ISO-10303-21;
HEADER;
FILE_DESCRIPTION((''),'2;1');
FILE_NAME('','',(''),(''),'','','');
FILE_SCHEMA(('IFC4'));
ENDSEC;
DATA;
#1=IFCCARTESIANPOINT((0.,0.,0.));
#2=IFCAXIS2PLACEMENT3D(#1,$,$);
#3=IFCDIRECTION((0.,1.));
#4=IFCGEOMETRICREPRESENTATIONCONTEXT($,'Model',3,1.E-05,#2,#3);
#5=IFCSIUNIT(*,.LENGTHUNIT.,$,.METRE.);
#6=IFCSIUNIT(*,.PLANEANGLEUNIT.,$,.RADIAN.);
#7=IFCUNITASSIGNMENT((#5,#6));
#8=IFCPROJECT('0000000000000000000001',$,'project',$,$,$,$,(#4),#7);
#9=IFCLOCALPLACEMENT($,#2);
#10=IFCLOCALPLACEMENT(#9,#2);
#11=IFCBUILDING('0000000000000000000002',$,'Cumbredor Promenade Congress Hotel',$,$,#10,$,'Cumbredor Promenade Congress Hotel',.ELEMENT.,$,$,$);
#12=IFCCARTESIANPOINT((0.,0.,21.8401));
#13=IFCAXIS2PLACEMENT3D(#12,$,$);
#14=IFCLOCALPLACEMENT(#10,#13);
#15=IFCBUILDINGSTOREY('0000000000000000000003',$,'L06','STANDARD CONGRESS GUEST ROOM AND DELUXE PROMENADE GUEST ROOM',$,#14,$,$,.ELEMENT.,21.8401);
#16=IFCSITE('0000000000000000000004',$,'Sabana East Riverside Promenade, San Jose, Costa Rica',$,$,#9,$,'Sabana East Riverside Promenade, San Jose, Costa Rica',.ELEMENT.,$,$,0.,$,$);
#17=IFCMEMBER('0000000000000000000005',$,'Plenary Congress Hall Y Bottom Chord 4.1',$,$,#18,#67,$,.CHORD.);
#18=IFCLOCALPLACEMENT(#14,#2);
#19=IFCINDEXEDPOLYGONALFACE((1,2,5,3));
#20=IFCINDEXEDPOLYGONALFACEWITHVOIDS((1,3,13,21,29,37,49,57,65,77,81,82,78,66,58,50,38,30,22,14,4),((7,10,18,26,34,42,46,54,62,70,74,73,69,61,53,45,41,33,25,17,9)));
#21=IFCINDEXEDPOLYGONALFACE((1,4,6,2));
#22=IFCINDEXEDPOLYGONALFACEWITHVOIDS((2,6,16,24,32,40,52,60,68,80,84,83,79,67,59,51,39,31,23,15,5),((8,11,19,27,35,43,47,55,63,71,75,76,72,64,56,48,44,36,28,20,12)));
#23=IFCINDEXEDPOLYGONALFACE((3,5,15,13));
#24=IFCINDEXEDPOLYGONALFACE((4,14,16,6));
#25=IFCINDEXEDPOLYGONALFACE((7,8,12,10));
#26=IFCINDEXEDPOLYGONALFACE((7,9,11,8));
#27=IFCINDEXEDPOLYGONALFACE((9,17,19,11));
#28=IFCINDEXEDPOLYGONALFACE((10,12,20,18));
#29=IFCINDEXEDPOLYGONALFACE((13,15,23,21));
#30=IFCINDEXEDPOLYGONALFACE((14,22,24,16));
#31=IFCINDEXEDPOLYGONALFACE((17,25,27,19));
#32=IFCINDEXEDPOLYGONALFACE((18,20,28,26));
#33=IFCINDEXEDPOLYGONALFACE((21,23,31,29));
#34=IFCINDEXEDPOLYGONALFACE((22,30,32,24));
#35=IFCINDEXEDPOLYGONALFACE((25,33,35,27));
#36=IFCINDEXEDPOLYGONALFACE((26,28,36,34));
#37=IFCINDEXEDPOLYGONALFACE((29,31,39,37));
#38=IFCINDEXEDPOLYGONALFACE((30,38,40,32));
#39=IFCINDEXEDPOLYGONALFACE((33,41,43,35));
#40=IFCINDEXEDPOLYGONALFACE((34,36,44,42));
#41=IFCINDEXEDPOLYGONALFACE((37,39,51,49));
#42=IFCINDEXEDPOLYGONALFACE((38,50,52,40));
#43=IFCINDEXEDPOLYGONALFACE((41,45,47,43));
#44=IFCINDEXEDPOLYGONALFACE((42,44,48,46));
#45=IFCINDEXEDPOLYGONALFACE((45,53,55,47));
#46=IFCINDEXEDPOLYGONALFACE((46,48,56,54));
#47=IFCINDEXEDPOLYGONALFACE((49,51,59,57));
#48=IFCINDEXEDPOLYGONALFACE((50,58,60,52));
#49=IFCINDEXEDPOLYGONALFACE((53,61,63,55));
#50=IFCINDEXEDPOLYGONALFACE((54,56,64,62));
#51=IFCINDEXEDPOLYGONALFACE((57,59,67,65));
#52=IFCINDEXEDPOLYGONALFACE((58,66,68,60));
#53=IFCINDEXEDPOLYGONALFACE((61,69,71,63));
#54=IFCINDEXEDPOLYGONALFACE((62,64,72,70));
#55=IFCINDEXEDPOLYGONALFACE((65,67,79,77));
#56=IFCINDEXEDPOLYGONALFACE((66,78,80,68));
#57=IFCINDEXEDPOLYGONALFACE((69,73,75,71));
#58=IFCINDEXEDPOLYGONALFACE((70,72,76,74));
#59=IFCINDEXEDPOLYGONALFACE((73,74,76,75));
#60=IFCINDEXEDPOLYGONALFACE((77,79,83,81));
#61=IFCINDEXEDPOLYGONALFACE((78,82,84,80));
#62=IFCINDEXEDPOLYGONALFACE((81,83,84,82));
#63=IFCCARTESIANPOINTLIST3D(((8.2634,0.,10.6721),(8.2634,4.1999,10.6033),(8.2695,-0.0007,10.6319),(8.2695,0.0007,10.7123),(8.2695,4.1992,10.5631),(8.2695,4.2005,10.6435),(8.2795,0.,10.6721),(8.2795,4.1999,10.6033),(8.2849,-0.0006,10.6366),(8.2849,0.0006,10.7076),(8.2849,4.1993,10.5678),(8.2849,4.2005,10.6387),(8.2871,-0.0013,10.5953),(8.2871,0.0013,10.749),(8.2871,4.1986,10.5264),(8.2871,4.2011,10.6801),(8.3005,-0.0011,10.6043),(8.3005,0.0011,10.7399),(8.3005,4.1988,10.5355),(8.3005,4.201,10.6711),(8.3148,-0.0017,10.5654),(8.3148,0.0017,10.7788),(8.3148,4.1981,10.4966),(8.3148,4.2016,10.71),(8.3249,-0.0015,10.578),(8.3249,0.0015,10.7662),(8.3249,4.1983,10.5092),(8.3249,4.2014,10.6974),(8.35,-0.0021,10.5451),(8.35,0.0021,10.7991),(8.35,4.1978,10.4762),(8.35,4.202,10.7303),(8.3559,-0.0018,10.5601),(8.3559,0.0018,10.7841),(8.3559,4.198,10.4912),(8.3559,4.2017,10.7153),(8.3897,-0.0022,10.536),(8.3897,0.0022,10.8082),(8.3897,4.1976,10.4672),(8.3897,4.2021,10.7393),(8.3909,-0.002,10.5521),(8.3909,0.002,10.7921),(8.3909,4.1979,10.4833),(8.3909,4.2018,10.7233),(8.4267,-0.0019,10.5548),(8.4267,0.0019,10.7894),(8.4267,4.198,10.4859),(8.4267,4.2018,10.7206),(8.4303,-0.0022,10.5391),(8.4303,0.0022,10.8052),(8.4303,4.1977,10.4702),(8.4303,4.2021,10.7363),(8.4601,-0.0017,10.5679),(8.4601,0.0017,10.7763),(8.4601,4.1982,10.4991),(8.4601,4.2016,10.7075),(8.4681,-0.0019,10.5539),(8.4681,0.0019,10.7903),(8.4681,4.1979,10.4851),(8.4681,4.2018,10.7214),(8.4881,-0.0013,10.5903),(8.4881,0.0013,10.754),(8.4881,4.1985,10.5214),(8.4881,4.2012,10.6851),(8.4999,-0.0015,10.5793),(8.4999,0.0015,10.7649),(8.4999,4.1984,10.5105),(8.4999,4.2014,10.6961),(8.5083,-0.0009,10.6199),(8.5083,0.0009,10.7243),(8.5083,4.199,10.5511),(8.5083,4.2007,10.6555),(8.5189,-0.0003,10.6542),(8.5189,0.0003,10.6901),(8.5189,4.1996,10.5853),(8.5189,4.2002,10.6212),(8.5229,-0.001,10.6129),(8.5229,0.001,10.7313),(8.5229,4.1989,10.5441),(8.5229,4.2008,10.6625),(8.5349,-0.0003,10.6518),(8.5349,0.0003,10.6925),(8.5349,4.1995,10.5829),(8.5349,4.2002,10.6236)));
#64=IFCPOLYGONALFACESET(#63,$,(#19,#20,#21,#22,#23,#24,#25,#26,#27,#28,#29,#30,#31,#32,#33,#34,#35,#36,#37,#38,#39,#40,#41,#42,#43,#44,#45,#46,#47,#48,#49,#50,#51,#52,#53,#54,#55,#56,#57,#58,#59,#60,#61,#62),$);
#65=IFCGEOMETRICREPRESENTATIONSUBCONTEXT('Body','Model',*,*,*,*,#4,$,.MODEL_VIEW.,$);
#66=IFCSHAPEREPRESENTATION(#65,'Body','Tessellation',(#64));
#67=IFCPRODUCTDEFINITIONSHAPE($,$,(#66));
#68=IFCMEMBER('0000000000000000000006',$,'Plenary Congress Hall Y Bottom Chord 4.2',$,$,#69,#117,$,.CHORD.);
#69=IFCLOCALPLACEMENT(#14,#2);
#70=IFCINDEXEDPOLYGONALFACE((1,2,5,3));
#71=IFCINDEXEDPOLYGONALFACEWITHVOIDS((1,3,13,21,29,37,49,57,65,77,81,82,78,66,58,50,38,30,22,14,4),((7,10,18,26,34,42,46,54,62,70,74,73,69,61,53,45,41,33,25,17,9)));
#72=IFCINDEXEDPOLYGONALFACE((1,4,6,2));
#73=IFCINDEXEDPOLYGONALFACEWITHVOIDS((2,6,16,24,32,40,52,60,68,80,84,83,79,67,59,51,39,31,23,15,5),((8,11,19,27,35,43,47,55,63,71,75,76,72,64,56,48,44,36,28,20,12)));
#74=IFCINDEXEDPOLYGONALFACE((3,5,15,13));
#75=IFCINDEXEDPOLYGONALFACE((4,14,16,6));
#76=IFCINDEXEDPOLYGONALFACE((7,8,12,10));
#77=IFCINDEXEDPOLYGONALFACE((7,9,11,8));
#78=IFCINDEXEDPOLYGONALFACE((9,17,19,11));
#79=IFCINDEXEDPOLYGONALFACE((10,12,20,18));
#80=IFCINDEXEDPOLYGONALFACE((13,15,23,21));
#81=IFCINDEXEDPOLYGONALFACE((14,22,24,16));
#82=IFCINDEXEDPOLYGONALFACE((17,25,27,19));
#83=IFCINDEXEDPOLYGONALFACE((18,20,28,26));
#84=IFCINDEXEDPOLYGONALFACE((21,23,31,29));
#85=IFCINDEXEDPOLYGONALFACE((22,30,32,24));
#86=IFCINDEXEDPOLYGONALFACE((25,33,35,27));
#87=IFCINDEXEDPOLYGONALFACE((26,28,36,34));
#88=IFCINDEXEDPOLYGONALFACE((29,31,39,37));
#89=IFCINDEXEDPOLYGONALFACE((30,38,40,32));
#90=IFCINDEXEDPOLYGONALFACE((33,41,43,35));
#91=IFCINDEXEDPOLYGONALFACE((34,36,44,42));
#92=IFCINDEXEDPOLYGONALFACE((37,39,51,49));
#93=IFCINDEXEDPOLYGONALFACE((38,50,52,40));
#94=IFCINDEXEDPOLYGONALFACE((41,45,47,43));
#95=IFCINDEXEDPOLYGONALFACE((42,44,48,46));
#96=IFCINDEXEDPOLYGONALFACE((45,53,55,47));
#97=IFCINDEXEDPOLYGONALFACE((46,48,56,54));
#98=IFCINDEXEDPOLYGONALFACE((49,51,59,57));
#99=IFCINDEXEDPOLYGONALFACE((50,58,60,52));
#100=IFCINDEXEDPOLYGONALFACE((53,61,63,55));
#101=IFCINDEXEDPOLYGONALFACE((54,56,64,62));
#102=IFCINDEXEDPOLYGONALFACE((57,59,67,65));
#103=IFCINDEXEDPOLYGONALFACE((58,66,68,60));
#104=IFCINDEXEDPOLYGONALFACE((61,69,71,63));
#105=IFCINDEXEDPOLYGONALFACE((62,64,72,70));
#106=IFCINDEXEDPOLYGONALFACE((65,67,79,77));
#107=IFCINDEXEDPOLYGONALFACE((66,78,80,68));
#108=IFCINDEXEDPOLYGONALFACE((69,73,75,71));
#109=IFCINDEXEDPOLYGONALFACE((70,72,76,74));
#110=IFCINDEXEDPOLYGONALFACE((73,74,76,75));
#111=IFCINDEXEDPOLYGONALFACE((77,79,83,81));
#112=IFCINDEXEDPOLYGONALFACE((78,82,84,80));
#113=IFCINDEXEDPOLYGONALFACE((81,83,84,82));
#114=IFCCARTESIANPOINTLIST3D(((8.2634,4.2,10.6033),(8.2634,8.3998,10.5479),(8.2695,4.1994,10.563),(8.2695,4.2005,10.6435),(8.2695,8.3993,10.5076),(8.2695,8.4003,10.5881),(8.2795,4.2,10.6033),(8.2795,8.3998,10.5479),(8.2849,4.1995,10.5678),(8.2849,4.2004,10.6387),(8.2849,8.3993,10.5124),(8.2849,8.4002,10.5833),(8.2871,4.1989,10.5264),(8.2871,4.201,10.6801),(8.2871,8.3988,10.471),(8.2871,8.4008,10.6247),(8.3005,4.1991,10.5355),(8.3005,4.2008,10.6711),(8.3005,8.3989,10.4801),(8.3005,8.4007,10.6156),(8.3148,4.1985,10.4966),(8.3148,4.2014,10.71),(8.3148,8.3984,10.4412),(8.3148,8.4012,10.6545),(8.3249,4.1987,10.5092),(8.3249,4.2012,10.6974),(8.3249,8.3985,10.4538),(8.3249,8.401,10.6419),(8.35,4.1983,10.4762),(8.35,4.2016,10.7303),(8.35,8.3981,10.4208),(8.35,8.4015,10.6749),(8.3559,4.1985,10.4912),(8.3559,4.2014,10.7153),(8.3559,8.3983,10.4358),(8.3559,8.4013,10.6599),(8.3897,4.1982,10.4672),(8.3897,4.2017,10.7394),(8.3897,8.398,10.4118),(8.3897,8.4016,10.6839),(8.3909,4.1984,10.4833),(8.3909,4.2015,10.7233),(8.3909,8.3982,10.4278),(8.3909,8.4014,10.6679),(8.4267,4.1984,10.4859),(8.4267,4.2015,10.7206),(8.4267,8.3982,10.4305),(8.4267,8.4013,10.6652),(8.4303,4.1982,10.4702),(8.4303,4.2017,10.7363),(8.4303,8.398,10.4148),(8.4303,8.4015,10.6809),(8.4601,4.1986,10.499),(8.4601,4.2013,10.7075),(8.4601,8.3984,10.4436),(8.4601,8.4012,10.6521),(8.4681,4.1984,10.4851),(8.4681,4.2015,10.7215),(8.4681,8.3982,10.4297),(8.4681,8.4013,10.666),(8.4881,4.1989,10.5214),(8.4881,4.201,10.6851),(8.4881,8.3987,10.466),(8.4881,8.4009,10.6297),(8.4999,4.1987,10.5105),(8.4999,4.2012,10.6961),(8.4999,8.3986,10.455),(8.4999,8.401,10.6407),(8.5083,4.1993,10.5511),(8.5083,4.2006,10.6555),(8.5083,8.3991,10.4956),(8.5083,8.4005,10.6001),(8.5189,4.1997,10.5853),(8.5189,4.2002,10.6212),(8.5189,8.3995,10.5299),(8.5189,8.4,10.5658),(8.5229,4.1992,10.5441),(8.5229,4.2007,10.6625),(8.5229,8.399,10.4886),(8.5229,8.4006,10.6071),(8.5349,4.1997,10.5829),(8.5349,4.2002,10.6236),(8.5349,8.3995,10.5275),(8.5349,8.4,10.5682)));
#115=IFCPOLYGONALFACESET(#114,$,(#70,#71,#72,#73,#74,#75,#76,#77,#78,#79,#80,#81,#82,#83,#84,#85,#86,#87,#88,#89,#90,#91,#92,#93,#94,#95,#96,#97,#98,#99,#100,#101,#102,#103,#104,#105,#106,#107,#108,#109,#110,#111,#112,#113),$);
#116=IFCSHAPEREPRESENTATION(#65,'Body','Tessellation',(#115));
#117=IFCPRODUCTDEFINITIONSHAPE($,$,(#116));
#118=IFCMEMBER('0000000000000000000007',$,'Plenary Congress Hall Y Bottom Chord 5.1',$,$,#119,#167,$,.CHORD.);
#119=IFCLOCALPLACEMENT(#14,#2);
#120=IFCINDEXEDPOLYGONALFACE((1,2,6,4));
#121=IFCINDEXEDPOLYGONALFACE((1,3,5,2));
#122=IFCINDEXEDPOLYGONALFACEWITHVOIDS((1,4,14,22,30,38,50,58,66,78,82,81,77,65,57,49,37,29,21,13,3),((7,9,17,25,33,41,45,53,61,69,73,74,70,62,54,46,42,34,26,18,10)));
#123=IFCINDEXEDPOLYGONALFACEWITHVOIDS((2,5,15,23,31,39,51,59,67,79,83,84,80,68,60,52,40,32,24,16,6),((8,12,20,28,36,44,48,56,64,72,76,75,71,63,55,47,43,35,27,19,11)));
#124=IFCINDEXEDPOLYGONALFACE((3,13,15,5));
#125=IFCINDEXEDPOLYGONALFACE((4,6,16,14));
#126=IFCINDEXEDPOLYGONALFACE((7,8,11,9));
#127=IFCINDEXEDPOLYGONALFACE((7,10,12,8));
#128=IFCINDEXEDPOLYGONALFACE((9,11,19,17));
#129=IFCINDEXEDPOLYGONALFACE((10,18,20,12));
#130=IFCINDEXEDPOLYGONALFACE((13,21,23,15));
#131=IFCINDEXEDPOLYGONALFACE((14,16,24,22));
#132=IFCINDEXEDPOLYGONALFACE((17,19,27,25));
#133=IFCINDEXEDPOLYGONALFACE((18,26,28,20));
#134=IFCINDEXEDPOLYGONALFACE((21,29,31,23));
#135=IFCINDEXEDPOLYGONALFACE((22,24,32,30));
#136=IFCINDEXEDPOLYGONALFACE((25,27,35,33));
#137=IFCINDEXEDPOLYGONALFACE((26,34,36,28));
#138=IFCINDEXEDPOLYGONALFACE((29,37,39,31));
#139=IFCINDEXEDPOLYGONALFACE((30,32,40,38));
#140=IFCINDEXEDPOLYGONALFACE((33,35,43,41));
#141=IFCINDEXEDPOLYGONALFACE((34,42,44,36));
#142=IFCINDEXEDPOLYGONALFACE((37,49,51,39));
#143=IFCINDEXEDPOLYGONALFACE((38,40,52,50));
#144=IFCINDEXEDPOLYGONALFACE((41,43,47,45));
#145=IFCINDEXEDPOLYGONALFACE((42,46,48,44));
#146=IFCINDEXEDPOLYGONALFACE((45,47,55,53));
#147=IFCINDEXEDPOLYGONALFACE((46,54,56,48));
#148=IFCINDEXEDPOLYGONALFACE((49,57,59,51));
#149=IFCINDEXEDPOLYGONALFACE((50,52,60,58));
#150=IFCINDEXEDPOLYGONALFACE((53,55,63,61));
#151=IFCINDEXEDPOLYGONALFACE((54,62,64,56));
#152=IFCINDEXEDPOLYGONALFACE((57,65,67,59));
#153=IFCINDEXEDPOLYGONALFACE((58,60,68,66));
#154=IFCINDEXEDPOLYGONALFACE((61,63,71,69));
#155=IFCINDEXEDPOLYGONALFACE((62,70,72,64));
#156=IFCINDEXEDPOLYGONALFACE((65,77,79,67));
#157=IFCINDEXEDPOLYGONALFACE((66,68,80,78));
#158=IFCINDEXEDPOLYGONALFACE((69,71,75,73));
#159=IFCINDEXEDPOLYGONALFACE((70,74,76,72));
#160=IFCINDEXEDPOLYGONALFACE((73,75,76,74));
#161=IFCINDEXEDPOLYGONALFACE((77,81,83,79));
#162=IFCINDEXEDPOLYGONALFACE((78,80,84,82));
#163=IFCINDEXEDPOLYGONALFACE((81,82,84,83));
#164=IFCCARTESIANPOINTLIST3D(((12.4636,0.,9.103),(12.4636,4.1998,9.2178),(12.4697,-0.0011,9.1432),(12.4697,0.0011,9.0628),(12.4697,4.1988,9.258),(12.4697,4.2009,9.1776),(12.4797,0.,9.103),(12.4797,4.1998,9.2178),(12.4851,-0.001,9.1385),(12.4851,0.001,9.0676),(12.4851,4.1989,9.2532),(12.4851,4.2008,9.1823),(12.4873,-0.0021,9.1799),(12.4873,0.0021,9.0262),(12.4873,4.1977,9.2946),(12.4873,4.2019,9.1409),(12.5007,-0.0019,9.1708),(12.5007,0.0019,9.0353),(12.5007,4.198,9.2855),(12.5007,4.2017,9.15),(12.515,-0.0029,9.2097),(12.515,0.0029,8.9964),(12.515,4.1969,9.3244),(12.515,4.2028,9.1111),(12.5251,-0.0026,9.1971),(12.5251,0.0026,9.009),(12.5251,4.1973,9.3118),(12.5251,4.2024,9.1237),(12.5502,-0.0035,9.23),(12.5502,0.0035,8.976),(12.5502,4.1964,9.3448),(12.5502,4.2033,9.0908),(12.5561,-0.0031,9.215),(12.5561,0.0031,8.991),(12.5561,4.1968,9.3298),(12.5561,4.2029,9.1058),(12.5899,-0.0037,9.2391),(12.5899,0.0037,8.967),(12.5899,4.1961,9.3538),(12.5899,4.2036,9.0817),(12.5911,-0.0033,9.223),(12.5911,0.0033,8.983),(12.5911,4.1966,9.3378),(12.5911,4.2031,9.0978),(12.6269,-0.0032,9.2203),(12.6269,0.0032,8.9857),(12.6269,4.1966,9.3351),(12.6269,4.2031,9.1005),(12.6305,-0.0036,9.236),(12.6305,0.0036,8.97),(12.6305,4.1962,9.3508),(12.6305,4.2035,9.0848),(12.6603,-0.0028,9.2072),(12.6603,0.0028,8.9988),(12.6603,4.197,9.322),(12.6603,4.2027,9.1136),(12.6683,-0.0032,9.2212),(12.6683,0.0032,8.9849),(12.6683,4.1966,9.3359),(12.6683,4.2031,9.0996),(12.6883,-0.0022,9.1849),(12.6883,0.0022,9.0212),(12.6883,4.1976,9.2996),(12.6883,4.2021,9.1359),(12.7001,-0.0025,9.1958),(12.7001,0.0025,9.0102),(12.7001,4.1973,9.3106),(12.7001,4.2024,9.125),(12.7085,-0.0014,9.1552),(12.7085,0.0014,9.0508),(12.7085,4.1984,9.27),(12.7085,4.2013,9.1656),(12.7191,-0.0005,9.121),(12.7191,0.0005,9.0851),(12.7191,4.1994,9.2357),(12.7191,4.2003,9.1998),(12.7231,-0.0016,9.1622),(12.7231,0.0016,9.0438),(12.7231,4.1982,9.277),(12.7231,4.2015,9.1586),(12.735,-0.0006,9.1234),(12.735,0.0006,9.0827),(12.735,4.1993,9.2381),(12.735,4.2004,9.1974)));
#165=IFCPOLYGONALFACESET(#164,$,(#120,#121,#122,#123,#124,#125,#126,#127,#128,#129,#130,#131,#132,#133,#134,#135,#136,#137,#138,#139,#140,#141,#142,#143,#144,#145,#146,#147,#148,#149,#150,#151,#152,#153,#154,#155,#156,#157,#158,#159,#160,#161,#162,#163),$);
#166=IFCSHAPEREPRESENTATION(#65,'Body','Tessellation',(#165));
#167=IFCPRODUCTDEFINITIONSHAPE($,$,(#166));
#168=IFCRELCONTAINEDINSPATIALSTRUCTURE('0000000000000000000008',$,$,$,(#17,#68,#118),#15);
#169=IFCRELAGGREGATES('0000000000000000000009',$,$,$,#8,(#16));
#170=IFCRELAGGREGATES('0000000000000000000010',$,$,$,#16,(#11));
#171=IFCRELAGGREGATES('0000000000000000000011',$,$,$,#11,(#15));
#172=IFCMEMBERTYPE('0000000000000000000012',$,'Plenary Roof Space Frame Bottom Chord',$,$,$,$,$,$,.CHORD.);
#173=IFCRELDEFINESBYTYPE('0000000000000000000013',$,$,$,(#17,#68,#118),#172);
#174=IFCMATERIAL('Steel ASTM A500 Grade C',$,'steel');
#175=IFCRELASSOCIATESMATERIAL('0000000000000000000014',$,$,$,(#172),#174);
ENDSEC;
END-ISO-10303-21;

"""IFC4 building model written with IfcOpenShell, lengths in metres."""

from ifc_helpers import new_model, si_unit, direction, frame, origin, origin_2d, place, context, subcontext, project, spatial, hollow_circle, extrude, material, material_profile, profile_set, type_object, element, save


model = new_model("IFC4")

# Units and contexts
model_context = context("Model", 3, precision=1e-05, world=origin(), true_north=direction((0.0, 1.0)))
body_context = subcontext(model_context, "Body", "Model", "MODEL_VIEW")
ifc_project = project(units=[si_unit("LENGTHUNIT", "METRE"), si_unit("PLANEANGLEUNIT", "RADIAN")], contexts=[model_context])

# Site, building, storey
site_placement = place(None, origin())
site = spatial("IfcSite", under=ifc_project, at=site_placement, Name="Sabana East Riverside Promenade, San Jose, Costa Rica", LongName="Sabana East Riverside Promenade, San Jose, Costa Rica", CompositionType="ELEMENT", RefElevation=0.0)
building_placement = place(site_placement, origin())
building = spatial("IfcBuilding", under=site, at=building_placement, Name="Cumbredor Promenade Congress Hotel", LongName="Cumbredor Promenade Congress Hotel", CompositionType="ELEMENT")
storey_placement = place(building_placement, frame((0.0, 0.0, 21.8401)))
storey = spatial("IfcBuildingStorey", under=building, at=storey_placement, Name="L06", Description="STANDARD CONGRESS GUEST ROOM AND DELUXE PROMENADE GUEST ROOM", CompositionType="ELEMENT", Elevation=21.8401)

# Members
ifc_material_1 = material(Name="Steel ASTM A500 Grade C", Category="steel")
ifc_material_profile_1 = material_profile(ifc_material_1, hollow_circle(Radius=0.1365, WallThickness=0.0161, at=origin_2d()), Name="CHS 273.0x16")
ifc_profile_set_1 = profile_set([ifc_material_profile_1], Name="Steel ASTM A500 Grade C")
member_type_1 = type_object("IfcMemberType", Name="Plenary Roof Space Frame Bottom Chord", PredefinedType="CHORD", material=ifc_profile_set_1)
member_1_placement = place(storey_placement, frame((8.3999, 0.0, 10.6721), z_axis=(0.0, 0.999866, -0.01639), x_axis=(-1.0, 0.0, 0.0)))
element("IfcMember", 1, at=member_1_placement, inside=storey, type_object=member_type_1, Name="Plenary Congress Hall Y Bottom Chord 4.1", PredefinedType="CHORD", context=body_context, shape_type="SweptSolid", body=[
    extrude(hollow_circle(Radius=0.1365, WallThickness=0.0161, at=origin_2d()), origin(), (0.0, 0.0, 1.0), 4.2004),
])
member_2_placement = place(storey_placement, frame((8.3999, 4.2, 10.6033), z_axis=(0.0, 0.999913, -0.013194), x_axis=(-1.0, 0.0, 0.0)))
element("IfcMember", 2, at=member_2_placement, inside=storey, type_object=member_type_1, Name="Plenary Congress Hall Y Bottom Chord 4.2", PredefinedType="CHORD", context=body_context, shape_type="SweptSolid", body=[
    extrude(hollow_circle(Radius=0.1365, WallThickness=0.0161, at=origin_2d()), origin(), (0.0, 0.0, 1.0), 4.2002),
])
member_3_placement = place(storey_placement, frame((12.6001, 0.0, 9.103), z_axis=(0.0, 0.999627, 0.027311), x_axis=(-1.0, 0.0, 0.0)))
element("IfcMember", 3, at=member_3_placement, inside=storey, type_object=member_type_1, Name="Plenary Congress Hall Y Bottom Chord 5.1", PredefinedType="CHORD", context=body_context, shape_type="SweptSolid", body=[
    extrude(hollow_circle(Radius=0.1365, WallThickness=0.0161, at=origin_2d()), origin(), (0.0, 0.0, 1.0), 4.2014),
])

save(model, "model.ifc")
